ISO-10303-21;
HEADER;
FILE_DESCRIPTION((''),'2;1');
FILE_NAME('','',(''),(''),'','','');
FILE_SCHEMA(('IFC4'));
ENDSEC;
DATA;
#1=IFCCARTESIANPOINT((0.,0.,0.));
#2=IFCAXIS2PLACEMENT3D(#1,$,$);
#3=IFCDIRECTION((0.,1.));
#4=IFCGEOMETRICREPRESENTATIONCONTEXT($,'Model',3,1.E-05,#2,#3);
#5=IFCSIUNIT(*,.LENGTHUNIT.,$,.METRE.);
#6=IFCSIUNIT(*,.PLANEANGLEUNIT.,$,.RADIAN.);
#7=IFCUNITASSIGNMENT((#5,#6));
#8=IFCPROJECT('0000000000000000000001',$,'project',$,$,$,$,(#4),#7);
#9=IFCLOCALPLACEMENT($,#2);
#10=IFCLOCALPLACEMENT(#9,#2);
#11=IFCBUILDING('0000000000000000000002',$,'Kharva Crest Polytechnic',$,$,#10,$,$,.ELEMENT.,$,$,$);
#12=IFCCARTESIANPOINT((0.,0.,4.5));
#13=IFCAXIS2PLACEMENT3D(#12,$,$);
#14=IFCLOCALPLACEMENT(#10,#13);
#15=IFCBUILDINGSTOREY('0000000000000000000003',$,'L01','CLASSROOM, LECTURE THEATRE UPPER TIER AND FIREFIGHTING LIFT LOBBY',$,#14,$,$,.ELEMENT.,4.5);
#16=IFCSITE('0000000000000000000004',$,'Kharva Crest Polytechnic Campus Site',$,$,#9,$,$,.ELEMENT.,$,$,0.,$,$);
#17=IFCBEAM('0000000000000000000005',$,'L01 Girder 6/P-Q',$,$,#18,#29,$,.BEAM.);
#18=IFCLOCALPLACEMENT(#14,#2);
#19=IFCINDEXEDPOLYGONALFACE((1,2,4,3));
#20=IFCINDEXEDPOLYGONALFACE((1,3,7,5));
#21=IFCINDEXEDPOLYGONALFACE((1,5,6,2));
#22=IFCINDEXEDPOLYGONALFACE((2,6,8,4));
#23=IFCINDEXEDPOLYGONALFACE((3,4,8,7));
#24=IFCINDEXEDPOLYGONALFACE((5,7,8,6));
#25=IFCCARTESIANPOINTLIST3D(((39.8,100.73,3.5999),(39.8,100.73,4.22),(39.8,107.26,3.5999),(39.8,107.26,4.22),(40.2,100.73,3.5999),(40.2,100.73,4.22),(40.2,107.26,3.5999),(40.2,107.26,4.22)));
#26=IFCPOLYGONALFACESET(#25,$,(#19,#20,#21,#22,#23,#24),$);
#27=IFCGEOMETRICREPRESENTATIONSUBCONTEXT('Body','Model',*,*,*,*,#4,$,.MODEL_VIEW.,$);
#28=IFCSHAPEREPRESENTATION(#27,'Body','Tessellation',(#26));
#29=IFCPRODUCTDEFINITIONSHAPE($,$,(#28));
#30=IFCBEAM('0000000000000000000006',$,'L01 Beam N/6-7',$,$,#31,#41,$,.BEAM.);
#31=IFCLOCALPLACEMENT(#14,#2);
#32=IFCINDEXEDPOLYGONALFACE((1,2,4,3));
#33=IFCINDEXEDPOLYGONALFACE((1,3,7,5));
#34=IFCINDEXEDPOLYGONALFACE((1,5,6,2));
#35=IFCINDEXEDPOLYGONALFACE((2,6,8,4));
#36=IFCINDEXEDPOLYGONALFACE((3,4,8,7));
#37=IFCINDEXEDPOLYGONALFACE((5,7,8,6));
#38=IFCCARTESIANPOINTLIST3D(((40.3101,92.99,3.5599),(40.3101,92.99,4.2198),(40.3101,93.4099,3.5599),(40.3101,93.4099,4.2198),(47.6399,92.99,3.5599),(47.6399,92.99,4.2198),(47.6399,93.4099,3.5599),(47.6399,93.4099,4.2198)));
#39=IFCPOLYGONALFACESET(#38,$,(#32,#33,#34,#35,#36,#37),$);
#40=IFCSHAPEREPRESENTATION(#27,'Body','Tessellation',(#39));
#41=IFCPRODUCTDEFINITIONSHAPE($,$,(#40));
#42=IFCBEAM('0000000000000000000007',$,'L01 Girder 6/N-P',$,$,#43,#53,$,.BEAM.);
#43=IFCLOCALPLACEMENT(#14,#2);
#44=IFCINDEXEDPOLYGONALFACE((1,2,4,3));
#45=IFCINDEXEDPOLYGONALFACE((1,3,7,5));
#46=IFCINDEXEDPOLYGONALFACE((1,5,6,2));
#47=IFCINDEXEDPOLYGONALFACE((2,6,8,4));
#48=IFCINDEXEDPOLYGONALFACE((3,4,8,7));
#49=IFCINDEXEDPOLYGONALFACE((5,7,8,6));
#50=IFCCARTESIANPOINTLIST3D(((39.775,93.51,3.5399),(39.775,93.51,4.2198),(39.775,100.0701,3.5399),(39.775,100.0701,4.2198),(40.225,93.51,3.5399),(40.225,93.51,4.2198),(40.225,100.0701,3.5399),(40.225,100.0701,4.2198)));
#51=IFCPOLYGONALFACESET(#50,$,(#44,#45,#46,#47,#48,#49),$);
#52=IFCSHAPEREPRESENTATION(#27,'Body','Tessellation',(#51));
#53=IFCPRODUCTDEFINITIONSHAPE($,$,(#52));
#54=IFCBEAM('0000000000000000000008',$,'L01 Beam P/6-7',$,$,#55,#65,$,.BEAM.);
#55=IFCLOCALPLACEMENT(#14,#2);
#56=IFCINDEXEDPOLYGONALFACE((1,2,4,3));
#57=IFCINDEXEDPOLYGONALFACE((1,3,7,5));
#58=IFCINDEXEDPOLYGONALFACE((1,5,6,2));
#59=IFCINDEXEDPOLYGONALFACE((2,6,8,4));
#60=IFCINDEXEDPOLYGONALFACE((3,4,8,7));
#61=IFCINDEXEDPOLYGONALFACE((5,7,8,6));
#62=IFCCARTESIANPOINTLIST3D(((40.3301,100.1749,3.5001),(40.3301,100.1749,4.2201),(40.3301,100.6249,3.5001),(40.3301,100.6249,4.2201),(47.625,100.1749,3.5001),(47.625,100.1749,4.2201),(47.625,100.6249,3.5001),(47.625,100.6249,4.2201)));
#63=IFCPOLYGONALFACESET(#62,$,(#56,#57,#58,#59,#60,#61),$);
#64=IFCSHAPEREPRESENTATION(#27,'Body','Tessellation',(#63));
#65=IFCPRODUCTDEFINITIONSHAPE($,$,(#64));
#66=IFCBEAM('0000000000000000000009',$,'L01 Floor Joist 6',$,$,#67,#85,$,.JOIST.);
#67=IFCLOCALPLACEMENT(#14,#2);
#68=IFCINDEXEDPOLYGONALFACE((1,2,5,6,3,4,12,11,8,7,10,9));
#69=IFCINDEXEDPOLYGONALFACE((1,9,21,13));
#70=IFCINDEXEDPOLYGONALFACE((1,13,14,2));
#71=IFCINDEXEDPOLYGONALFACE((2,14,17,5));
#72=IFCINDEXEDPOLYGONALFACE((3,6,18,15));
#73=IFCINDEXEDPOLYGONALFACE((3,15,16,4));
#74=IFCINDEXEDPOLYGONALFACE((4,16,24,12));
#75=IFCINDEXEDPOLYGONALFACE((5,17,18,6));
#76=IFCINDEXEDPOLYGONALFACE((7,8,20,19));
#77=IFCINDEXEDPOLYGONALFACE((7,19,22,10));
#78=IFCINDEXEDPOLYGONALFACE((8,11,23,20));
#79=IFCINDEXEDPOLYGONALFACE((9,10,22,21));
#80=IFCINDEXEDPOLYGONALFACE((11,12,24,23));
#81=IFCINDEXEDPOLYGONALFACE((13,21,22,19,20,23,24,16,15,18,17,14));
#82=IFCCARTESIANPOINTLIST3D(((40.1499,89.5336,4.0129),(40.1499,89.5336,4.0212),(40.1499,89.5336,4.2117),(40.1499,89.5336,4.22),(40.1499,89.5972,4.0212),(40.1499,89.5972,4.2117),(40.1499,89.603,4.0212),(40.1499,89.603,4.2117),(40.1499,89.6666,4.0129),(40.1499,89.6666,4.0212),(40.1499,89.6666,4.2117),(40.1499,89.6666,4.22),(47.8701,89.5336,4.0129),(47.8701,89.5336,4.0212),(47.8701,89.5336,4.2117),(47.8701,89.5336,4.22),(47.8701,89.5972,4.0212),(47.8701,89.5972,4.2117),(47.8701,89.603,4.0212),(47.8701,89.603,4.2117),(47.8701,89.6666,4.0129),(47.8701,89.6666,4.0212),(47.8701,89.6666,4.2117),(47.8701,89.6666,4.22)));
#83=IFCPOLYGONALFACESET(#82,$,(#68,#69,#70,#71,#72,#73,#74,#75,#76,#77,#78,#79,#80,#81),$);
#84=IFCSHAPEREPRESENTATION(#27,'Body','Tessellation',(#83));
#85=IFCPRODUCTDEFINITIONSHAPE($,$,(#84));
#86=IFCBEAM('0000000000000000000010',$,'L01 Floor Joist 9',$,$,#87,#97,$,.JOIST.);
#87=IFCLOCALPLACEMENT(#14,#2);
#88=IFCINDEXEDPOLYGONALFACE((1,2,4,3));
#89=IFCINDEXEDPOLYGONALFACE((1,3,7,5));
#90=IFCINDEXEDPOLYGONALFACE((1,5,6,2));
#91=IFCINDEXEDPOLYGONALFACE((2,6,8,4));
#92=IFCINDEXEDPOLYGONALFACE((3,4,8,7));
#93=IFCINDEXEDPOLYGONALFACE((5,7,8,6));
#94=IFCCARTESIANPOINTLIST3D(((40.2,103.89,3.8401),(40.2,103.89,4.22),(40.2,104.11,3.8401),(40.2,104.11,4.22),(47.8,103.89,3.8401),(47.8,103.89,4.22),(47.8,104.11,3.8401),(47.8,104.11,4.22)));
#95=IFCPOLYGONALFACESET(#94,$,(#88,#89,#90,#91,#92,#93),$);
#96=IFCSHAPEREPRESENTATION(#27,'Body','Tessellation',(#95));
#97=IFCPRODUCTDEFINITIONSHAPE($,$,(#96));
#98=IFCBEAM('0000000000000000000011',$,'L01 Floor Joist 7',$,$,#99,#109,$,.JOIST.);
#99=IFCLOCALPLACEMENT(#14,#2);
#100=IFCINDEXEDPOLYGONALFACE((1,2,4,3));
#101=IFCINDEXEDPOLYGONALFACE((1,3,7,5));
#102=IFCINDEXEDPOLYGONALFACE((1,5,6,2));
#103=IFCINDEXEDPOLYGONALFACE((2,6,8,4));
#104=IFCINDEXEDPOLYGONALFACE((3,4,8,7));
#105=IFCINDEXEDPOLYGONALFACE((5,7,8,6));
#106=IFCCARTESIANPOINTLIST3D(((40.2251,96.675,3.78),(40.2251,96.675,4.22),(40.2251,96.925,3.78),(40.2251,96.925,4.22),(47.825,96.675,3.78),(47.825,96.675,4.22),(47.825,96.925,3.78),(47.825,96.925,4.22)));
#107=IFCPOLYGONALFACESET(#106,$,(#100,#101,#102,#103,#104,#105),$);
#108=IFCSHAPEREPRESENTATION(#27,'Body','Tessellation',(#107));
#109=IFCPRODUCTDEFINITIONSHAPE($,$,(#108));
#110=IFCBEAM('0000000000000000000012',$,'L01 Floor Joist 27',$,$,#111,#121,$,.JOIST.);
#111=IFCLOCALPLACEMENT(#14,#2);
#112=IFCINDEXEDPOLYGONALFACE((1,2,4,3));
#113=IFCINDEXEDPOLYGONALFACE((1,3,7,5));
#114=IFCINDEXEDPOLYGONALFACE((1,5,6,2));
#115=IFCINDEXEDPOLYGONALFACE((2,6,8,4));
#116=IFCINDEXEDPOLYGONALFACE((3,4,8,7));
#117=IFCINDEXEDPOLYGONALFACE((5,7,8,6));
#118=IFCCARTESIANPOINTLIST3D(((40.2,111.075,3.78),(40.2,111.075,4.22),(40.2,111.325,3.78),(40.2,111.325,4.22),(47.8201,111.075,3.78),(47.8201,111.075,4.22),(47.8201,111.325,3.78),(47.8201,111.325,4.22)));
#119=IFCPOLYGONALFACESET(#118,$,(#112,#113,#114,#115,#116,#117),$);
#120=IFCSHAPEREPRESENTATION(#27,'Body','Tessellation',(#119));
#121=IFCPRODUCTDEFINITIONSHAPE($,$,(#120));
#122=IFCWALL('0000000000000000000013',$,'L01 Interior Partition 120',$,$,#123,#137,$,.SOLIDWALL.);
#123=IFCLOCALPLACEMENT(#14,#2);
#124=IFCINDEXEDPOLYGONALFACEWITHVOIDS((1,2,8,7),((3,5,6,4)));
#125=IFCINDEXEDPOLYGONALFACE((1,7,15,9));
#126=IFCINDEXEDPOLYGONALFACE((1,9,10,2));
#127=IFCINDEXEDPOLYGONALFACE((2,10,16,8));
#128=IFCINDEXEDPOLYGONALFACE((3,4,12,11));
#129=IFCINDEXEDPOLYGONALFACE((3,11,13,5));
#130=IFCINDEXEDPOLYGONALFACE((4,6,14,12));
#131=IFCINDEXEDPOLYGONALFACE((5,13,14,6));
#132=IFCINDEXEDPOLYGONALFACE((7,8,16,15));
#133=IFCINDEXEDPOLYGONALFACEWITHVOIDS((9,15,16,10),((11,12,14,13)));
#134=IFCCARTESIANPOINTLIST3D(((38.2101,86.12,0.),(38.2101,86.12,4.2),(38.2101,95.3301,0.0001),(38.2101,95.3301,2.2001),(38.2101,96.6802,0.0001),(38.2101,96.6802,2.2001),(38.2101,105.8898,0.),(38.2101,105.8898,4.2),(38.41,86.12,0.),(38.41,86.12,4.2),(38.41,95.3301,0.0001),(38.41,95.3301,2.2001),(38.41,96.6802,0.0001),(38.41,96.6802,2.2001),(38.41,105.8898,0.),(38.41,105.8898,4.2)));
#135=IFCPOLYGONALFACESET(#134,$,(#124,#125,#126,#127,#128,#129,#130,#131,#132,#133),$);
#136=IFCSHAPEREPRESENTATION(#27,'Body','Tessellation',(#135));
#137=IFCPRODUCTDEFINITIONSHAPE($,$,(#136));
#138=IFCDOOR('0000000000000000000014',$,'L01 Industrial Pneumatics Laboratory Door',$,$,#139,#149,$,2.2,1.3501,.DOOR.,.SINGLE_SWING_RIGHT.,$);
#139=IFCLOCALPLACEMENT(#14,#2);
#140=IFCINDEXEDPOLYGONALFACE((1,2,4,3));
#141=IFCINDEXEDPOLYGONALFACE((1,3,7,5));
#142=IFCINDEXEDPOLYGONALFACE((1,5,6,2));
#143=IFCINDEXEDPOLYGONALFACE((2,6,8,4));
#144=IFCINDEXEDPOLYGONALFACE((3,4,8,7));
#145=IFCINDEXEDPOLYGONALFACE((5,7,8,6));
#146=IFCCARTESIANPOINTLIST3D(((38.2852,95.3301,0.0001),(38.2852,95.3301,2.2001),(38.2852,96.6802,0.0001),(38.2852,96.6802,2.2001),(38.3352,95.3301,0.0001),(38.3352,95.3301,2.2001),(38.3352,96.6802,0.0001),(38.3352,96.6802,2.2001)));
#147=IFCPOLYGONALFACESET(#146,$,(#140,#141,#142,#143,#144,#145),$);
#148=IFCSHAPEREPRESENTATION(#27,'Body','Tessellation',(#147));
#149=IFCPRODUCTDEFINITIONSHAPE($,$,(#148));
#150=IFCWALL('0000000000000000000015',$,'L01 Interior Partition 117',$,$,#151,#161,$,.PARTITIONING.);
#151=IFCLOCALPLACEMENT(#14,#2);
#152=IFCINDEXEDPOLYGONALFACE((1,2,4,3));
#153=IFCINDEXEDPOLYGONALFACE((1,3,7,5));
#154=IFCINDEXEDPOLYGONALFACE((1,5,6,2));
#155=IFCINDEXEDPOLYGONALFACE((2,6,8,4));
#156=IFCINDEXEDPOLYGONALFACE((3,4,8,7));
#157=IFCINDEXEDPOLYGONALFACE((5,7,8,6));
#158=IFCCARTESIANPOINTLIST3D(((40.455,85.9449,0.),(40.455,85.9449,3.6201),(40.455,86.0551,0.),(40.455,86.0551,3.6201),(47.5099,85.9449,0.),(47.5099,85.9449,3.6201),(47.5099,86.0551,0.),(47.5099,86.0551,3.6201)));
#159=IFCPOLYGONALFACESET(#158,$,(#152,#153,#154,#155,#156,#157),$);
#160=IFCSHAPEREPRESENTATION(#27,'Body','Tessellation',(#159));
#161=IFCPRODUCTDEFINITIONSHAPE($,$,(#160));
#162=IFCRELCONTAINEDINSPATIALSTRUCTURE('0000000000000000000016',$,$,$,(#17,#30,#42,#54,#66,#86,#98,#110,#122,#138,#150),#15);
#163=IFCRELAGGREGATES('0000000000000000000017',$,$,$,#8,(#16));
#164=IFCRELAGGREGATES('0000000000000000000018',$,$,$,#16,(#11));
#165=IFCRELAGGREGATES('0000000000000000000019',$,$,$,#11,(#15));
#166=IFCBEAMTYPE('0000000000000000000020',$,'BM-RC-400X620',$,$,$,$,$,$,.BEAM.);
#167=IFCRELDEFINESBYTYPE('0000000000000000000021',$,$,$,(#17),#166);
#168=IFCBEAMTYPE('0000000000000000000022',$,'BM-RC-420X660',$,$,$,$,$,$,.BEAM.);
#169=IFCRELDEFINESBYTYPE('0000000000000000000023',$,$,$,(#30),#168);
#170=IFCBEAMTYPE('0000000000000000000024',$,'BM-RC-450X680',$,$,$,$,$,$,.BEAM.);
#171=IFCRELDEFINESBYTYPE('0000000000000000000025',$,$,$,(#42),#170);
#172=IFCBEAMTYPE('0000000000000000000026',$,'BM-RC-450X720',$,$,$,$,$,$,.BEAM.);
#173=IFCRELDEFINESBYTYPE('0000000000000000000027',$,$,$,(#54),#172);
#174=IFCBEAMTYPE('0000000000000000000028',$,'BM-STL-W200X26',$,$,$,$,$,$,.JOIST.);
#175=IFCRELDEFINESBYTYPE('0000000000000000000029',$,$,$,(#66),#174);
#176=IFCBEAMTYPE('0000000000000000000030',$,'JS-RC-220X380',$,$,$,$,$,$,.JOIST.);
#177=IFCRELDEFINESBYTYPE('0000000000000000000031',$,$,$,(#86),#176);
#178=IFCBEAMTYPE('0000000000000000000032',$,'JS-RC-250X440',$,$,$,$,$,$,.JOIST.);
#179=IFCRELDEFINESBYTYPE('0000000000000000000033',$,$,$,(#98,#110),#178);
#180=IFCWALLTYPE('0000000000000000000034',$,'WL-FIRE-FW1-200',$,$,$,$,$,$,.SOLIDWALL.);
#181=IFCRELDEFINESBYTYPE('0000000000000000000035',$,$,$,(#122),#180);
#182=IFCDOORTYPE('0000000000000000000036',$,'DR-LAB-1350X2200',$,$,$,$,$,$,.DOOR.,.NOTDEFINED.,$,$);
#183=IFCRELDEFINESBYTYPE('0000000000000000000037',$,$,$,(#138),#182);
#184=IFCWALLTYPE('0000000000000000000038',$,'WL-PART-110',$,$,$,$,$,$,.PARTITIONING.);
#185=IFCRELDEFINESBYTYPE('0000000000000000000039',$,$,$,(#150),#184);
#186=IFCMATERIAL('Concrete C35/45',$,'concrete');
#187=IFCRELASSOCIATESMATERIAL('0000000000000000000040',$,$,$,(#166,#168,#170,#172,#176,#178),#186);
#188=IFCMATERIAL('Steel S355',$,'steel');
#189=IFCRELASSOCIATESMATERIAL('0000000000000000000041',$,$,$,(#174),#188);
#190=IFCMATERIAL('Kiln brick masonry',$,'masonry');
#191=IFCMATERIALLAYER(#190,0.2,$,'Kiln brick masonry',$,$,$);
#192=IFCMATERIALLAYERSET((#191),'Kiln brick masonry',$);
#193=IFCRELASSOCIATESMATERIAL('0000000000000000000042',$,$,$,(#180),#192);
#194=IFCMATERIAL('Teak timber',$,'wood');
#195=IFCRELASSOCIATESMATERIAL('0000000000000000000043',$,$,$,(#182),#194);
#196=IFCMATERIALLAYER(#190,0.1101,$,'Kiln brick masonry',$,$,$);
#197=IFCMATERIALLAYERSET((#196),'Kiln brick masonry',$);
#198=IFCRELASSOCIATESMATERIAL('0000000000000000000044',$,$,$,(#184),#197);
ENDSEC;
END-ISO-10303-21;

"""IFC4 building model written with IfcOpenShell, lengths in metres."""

from ifc_helpers import new_model, si_unit, direction, frame, frame_2d, origin, origin_2d, place, context, subcontext, project, spatial, rectangle, i_section, extrude, material, layer, layer_set, material_profile, profile_set, type_object, element, fill, save


model = new_model("IFC4")

# Units and contexts
model_context = context("Model", 3, precision=1e-05, world=origin(), true_north=direction((0.0, 1.0)))
body_context = subcontext(model_context, "Body", "Model", "MODEL_VIEW")
ifc_project = project(units=[si_unit("LENGTHUNIT", "METRE"), si_unit("PLANEANGLEUNIT", "RADIAN")], contexts=[model_context])

# Site, building, storey
site_placement = place(None, origin())
site = spatial("IfcSite", under=ifc_project, at=site_placement, Name="Kharva Crest Polytechnic Campus Site", CompositionType="ELEMENT", RefElevation=0.0)
building_placement = place(site_placement, origin())
building = spatial("IfcBuilding", under=site, at=building_placement, Name="Kharva Crest Polytechnic", CompositionType="ELEMENT")
storey_placement = place(building_placement, frame((0.0, 0.0, 4.5)))
storey = spatial("IfcBuildingStorey", under=building, at=storey_placement, Name="L01", Description="CLASSROOM, LECTURE THEATRE UPPER TIER AND FIREFIGHTING LIFT LOBBY", CompositionType="ELEMENT", Elevation=4.5)

# Beams
ifc_material_1 = material(Name="Concrete C35/45", Category="concrete")
ifc_material_profile_1 = material_profile(ifc_material_1, rectangle(XDim=0.3999, YDim=0.6201, at=origin_2d()), Name="RECT 400 X 620")
ifc_profile_set_1 = profile_set([ifc_material_profile_1], Name="Concrete C35/45")
beam_type_1 = type_object("IfcBeamType", Name="BM-RC-400X620", PredefinedType="BEAM", material=ifc_profile_set_1)
beam_1_placement = place(storey_placement, frame((40.0, 100.73, 3.9099), z_axis=(0.0, 1.0, 0.0), x_axis=(-1.0, 0.0, 0.0)))
element("IfcBeam", 1, at=beam_1_placement, inside=storey, type_object=beam_type_1, Name="L01 Girder 6/P-Q", PredefinedType="BEAM", context=body_context, shape_type="SweptSolid", body=[
    extrude(rectangle(XDim=0.3999, YDim=0.6201, at=origin_2d()), origin(), (0.0, 0.0, 1.0), 6.53),
])
ifc_material_profile_2 = material_profile(ifc_material_1, rectangle(XDim=0.4199, YDim=0.6599, at=origin_2d()), Name="RECT 420 X 660")
ifc_profile_set_2 = profile_set([ifc_material_profile_2], Name="Concrete C35/45")
beam_type_2 = type_object("IfcBeamType", Name="BM-RC-420X660", PredefinedType="BEAM", material=ifc_profile_set_2)
beam_2_placement = place(storey_placement, frame((40.3101, 93.2, 3.8899), z_axis=(1.0, 0.0, 0.0), x_axis=(0.0, 1.0, 0.0)))
element("IfcBeam", 2, at=beam_2_placement, inside=storey, type_object=beam_type_2, Name="L01 Beam N/6-7", PredefinedType="BEAM", context=body_context, shape_type="SweptSolid", body=[
    extrude(rectangle(XDim=0.4199, YDim=0.6599, at=origin_2d()), origin(), (0.0, 0.0, 1.0), 7.3298),
])
ifc_material_profile_3 = material_profile(ifc_material_1, rectangle(XDim=0.45, YDim=0.6799, at=origin_2d()), Name="RECT 450 X 680")
ifc_profile_set_3 = profile_set([ifc_material_profile_3], Name="Concrete C35/45")
beam_type_3 = type_object("IfcBeamType", Name="BM-RC-450X680", PredefinedType="BEAM", material=ifc_profile_set_3)
beam_3_placement = place(storey_placement, frame((40.0, 93.51, 3.8799), z_axis=(0.0, 1.0, 0.0), x_axis=(-1.0, 0.0, 0.0)))
element("IfcBeam", 3, at=beam_3_placement, inside=storey, type_object=beam_type_3, Name="L01 Girder 6/N-P", PredefinedType="BEAM", context=body_context, shape_type="SweptSolid", body=[
    extrude(rectangle(XDim=0.45, YDim=0.6799, at=origin_2d()), origin(), (0.0, 0.0, 1.0), 6.5601),
])
ifc_material_profile_4 = material_profile(ifc_material_1, rectangle(XDim=0.45, YDim=0.72, at=origin_2d()), Name="RECT 450 X 720")
ifc_profile_set_4 = profile_set([ifc_material_profile_4], Name="Concrete C35/45")
beam_type_4 = type_object("IfcBeamType", Name="BM-RC-450X720", PredefinedType="BEAM", material=ifc_profile_set_4)
beam_4_placement = place(storey_placement, frame((40.3301, 100.3999, 3.8601), z_axis=(1.0, 0.0, 0.0), x_axis=(0.0, 1.0, 0.0)))
element("IfcBeam", 4, at=beam_4_placement, inside=storey, type_object=beam_type_4, Name="L01 Beam P/6-7", PredefinedType="BEAM", context=body_context, shape_type="SweptSolid", body=[
    extrude(rectangle(XDim=0.45, YDim=0.72, at=origin_2d()), origin(), (0.0, 0.0, 1.0), 7.2949),
])
ifc_material_2 = material(Name="Steel S355", Category="steel")
ifc_material_profile_5 = material_profile(ifc_material_2, i_section(OverallWidth=0.1331, OverallDepth=0.207, WebThickness=0.0059, FlangeThickness=0.0083, at=origin_2d()), Name="W200X26.6")
ifc_profile_set_5 = profile_set([ifc_material_profile_5], Name="Steel S355")
beam_type_5 = type_object("IfcBeamType", Name="BM-STL-W200X26", PredefinedType="JOIST", material=ifc_profile_set_5)
beam_5_placement = place(storey_placement, frame((40.1499, 89.6001, 4.1165), z_axis=(1.0, 0.0, 0.0), x_axis=(0.0, 1.0, 0.0)))
element("IfcBeam", 5, at=beam_5_placement, inside=storey, type_object=beam_type_5, Name="L01 Floor Joist 6", PredefinedType="JOIST", context=body_context, shape_type="SweptSolid", body=[
    extrude(i_section(OverallWidth=0.1331, OverallDepth=0.207, WebThickness=0.0059, FlangeThickness=0.0083, at=origin_2d()), origin(), (0.0, 0.0, 1.0), 7.7202),
])
ifc_material_profile_6 = material_profile(ifc_material_1, rectangle(XDim=0.22, YDim=0.3799, at=origin_2d()), Name="RECT 220 X 380")
ifc_profile_set_6 = profile_set([ifc_material_profile_6], Name="Concrete C35/45")
beam_type_6 = type_object("IfcBeamType", Name="JS-RC-220X380", PredefinedType="JOIST", material=ifc_profile_set_6)
beam_6_placement = place(storey_placement, frame((40.2, 104.0, 4.03), z_axis=(1.0, 0.0, 0.0), x_axis=(0.0, 1.0, 0.0)))
element("IfcBeam", 6, at=beam_6_placement, inside=storey, type_object=beam_type_6, Name="L01 Floor Joist 9", PredefinedType="JOIST", context=body_context, shape_type="SweptSolid", body=[
    extrude(rectangle(XDim=0.22, YDim=0.3799, at=origin_2d()), origin(), (0.0, 0.0, 1.0), 7.6001),
])
ifc_material_profile_7 = material_profile(ifc_material_1, rectangle(XDim=0.25, YDim=0.4399, at=origin_2d()), Name="RECT 250 X 440")
ifc_profile_set_7 = profile_set([ifc_material_profile_7], Name="Concrete C35/45")
beam_type_7 = type_object("IfcBeamType", Name="JS-RC-250X440", PredefinedType="JOIST", material=ifc_profile_set_7)
beam_7_placement = place(storey_placement, frame((40.2251, 96.8, 4.0), z_axis=(1.0, 0.0, 0.0), x_axis=(0.0, 1.0, 0.0)))
element("IfcBeam", 7, at=beam_7_placement, inside=storey, type_object=beam_type_7, Name="L01 Floor Joist 7", PredefinedType="JOIST", context=body_context, shape_type="SweptSolid", body=[
    extrude(rectangle(XDim=0.25, YDim=0.4399, at=origin_2d()), origin(), (0.0, 0.0, 1.0), 7.5999),
])
beam_8_placement = place(storey_placement, frame((40.2, 111.2, 4.0), z_axis=(1.0, 0.0, 0.0), x_axis=(0.0, 1.0, 0.0)))
element("IfcBeam", 8, at=beam_8_placement, inside=storey, type_object=beam_type_7, Name="L01 Floor Joist 27", PredefinedType="JOIST", context=body_context, shape_type="SweptSolid", body=[
    extrude(rectangle(XDim=0.25, YDim=0.4399, at=origin_2d()), origin(), (0.0, 0.0, 1.0), 7.6201),
])

# Wall, opening, door
ifc_material_3 = material(Name="Kiln brick masonry", Category="masonry")
ifc_layer_1 = layer(ifc_material_3, 0.2, Name="Kiln brick masonry")
ifc_layer_set_1 = layer_set([ifc_layer_1], Name="Kiln brick masonry")
wall_type_1 = type_object("IfcWallType", Name="WL-FIRE-FW1-200", PredefinedType="SOLIDWALL", material=ifc_layer_set_1)
wall_1_placement = place(storey_placement, frame((38.3101, 86.1201, 0.0), z_axis=(0.0, 0.0, 1.0), x_axis=(0.0, 1.0, 0.0)))
wall_1 = element("IfcWall", 9, at=wall_1_placement, inside=storey, type_object=wall_type_1, Name="L01 Interior Partition 120", PredefinedType="SOLIDWALL", context=body_context, shape_type="SweptSolid", body=[
    extrude(rectangle(XDim=19.7698, YDim=0.2, at=frame_2d((9.8848, 0.0))), origin(), (0.0, 0.0, 1.0), 4.2),
])
opening_1_placement = place(wall_1_placement, frame((9.21, 0.0, 0.0)))
opening_1 = element("IfcOpeningElement", 10, at=opening_1_placement, cuts=wall_1, PredefinedType="OPENING", context=body_context, shape_type="SweptSolid", body=[
    extrude(rectangle(XDim=1.3501, YDim=2.2, at=frame_2d((0.675, 1.1001))), frame((0.0, 0.1099, 0.0), z_axis=(0.0, -1.0, 0.0), x_axis=(1.0, 0.0, 0.0)), (0.0, 0.0, 1.0), 0.22),
])
ifc_material_4 = material(Name="Teak timber", Category="wood")
door_type_1 = type_object("IfcDoorType", Name="DR-LAB-1350X2200", OperationType="NOTDEFINED", PredefinedType="DOOR", material=ifc_material_4)
door_1_placement = place(opening_1_placement, origin())
door_1 = element("IfcDoor", 11, at=door_1_placement, inside=storey, type_object=door_type_1, Name="L01 Industrial Pneumatics Laboratory Door", OperationType="SINGLE_SWING_RIGHT", OverallHeight=2.2, OverallWidth=1.3501, PredefinedType="DOOR", context=body_context, shape_type="SweptSolid", body=[
    extrude(rectangle(XDim=1.3501, YDim=2.2, at=frame_2d((0.675, 1.1001))), frame((0.0, 0.0249, 0.0), z_axis=(0.0, -1.0, 0.0), x_axis=(1.0, 0.0, 0.0)), (0.0, 0.0, 1.0), 0.05),
])
fill(opening_1, door_1)

# Wall
ifc_layer_2 = layer(ifc_material_3, 0.1101, Name="Kiln brick masonry")
ifc_layer_set_2 = layer_set([ifc_layer_2], Name="Kiln brick masonry")
wall_type_2 = type_object("IfcWallType", Name="WL-PART-110", PredefinedType="PARTITIONING", material=ifc_layer_set_2)
wall_2_placement = place(storey_placement, frame((40.4551, 86.0, 0.0), z_axis=(0.0, 0.0, 1.0), x_axis=(1.0, 0.0, 0.0)))
element("IfcWall", 12, at=wall_2_placement, inside=storey, type_object=wall_type_2, Name="L01 Interior Partition 117", PredefinedType="PARTITIONING", context=body_context, shape_type="SweptSolid", body=[
    extrude(rectangle(XDim=7.0549, YDim=0.1101, at=frame_2d((3.5273, 0.0))), origin(), (0.0, 0.0, 1.0), 3.6201),
])

save(model, "model.ifc")
